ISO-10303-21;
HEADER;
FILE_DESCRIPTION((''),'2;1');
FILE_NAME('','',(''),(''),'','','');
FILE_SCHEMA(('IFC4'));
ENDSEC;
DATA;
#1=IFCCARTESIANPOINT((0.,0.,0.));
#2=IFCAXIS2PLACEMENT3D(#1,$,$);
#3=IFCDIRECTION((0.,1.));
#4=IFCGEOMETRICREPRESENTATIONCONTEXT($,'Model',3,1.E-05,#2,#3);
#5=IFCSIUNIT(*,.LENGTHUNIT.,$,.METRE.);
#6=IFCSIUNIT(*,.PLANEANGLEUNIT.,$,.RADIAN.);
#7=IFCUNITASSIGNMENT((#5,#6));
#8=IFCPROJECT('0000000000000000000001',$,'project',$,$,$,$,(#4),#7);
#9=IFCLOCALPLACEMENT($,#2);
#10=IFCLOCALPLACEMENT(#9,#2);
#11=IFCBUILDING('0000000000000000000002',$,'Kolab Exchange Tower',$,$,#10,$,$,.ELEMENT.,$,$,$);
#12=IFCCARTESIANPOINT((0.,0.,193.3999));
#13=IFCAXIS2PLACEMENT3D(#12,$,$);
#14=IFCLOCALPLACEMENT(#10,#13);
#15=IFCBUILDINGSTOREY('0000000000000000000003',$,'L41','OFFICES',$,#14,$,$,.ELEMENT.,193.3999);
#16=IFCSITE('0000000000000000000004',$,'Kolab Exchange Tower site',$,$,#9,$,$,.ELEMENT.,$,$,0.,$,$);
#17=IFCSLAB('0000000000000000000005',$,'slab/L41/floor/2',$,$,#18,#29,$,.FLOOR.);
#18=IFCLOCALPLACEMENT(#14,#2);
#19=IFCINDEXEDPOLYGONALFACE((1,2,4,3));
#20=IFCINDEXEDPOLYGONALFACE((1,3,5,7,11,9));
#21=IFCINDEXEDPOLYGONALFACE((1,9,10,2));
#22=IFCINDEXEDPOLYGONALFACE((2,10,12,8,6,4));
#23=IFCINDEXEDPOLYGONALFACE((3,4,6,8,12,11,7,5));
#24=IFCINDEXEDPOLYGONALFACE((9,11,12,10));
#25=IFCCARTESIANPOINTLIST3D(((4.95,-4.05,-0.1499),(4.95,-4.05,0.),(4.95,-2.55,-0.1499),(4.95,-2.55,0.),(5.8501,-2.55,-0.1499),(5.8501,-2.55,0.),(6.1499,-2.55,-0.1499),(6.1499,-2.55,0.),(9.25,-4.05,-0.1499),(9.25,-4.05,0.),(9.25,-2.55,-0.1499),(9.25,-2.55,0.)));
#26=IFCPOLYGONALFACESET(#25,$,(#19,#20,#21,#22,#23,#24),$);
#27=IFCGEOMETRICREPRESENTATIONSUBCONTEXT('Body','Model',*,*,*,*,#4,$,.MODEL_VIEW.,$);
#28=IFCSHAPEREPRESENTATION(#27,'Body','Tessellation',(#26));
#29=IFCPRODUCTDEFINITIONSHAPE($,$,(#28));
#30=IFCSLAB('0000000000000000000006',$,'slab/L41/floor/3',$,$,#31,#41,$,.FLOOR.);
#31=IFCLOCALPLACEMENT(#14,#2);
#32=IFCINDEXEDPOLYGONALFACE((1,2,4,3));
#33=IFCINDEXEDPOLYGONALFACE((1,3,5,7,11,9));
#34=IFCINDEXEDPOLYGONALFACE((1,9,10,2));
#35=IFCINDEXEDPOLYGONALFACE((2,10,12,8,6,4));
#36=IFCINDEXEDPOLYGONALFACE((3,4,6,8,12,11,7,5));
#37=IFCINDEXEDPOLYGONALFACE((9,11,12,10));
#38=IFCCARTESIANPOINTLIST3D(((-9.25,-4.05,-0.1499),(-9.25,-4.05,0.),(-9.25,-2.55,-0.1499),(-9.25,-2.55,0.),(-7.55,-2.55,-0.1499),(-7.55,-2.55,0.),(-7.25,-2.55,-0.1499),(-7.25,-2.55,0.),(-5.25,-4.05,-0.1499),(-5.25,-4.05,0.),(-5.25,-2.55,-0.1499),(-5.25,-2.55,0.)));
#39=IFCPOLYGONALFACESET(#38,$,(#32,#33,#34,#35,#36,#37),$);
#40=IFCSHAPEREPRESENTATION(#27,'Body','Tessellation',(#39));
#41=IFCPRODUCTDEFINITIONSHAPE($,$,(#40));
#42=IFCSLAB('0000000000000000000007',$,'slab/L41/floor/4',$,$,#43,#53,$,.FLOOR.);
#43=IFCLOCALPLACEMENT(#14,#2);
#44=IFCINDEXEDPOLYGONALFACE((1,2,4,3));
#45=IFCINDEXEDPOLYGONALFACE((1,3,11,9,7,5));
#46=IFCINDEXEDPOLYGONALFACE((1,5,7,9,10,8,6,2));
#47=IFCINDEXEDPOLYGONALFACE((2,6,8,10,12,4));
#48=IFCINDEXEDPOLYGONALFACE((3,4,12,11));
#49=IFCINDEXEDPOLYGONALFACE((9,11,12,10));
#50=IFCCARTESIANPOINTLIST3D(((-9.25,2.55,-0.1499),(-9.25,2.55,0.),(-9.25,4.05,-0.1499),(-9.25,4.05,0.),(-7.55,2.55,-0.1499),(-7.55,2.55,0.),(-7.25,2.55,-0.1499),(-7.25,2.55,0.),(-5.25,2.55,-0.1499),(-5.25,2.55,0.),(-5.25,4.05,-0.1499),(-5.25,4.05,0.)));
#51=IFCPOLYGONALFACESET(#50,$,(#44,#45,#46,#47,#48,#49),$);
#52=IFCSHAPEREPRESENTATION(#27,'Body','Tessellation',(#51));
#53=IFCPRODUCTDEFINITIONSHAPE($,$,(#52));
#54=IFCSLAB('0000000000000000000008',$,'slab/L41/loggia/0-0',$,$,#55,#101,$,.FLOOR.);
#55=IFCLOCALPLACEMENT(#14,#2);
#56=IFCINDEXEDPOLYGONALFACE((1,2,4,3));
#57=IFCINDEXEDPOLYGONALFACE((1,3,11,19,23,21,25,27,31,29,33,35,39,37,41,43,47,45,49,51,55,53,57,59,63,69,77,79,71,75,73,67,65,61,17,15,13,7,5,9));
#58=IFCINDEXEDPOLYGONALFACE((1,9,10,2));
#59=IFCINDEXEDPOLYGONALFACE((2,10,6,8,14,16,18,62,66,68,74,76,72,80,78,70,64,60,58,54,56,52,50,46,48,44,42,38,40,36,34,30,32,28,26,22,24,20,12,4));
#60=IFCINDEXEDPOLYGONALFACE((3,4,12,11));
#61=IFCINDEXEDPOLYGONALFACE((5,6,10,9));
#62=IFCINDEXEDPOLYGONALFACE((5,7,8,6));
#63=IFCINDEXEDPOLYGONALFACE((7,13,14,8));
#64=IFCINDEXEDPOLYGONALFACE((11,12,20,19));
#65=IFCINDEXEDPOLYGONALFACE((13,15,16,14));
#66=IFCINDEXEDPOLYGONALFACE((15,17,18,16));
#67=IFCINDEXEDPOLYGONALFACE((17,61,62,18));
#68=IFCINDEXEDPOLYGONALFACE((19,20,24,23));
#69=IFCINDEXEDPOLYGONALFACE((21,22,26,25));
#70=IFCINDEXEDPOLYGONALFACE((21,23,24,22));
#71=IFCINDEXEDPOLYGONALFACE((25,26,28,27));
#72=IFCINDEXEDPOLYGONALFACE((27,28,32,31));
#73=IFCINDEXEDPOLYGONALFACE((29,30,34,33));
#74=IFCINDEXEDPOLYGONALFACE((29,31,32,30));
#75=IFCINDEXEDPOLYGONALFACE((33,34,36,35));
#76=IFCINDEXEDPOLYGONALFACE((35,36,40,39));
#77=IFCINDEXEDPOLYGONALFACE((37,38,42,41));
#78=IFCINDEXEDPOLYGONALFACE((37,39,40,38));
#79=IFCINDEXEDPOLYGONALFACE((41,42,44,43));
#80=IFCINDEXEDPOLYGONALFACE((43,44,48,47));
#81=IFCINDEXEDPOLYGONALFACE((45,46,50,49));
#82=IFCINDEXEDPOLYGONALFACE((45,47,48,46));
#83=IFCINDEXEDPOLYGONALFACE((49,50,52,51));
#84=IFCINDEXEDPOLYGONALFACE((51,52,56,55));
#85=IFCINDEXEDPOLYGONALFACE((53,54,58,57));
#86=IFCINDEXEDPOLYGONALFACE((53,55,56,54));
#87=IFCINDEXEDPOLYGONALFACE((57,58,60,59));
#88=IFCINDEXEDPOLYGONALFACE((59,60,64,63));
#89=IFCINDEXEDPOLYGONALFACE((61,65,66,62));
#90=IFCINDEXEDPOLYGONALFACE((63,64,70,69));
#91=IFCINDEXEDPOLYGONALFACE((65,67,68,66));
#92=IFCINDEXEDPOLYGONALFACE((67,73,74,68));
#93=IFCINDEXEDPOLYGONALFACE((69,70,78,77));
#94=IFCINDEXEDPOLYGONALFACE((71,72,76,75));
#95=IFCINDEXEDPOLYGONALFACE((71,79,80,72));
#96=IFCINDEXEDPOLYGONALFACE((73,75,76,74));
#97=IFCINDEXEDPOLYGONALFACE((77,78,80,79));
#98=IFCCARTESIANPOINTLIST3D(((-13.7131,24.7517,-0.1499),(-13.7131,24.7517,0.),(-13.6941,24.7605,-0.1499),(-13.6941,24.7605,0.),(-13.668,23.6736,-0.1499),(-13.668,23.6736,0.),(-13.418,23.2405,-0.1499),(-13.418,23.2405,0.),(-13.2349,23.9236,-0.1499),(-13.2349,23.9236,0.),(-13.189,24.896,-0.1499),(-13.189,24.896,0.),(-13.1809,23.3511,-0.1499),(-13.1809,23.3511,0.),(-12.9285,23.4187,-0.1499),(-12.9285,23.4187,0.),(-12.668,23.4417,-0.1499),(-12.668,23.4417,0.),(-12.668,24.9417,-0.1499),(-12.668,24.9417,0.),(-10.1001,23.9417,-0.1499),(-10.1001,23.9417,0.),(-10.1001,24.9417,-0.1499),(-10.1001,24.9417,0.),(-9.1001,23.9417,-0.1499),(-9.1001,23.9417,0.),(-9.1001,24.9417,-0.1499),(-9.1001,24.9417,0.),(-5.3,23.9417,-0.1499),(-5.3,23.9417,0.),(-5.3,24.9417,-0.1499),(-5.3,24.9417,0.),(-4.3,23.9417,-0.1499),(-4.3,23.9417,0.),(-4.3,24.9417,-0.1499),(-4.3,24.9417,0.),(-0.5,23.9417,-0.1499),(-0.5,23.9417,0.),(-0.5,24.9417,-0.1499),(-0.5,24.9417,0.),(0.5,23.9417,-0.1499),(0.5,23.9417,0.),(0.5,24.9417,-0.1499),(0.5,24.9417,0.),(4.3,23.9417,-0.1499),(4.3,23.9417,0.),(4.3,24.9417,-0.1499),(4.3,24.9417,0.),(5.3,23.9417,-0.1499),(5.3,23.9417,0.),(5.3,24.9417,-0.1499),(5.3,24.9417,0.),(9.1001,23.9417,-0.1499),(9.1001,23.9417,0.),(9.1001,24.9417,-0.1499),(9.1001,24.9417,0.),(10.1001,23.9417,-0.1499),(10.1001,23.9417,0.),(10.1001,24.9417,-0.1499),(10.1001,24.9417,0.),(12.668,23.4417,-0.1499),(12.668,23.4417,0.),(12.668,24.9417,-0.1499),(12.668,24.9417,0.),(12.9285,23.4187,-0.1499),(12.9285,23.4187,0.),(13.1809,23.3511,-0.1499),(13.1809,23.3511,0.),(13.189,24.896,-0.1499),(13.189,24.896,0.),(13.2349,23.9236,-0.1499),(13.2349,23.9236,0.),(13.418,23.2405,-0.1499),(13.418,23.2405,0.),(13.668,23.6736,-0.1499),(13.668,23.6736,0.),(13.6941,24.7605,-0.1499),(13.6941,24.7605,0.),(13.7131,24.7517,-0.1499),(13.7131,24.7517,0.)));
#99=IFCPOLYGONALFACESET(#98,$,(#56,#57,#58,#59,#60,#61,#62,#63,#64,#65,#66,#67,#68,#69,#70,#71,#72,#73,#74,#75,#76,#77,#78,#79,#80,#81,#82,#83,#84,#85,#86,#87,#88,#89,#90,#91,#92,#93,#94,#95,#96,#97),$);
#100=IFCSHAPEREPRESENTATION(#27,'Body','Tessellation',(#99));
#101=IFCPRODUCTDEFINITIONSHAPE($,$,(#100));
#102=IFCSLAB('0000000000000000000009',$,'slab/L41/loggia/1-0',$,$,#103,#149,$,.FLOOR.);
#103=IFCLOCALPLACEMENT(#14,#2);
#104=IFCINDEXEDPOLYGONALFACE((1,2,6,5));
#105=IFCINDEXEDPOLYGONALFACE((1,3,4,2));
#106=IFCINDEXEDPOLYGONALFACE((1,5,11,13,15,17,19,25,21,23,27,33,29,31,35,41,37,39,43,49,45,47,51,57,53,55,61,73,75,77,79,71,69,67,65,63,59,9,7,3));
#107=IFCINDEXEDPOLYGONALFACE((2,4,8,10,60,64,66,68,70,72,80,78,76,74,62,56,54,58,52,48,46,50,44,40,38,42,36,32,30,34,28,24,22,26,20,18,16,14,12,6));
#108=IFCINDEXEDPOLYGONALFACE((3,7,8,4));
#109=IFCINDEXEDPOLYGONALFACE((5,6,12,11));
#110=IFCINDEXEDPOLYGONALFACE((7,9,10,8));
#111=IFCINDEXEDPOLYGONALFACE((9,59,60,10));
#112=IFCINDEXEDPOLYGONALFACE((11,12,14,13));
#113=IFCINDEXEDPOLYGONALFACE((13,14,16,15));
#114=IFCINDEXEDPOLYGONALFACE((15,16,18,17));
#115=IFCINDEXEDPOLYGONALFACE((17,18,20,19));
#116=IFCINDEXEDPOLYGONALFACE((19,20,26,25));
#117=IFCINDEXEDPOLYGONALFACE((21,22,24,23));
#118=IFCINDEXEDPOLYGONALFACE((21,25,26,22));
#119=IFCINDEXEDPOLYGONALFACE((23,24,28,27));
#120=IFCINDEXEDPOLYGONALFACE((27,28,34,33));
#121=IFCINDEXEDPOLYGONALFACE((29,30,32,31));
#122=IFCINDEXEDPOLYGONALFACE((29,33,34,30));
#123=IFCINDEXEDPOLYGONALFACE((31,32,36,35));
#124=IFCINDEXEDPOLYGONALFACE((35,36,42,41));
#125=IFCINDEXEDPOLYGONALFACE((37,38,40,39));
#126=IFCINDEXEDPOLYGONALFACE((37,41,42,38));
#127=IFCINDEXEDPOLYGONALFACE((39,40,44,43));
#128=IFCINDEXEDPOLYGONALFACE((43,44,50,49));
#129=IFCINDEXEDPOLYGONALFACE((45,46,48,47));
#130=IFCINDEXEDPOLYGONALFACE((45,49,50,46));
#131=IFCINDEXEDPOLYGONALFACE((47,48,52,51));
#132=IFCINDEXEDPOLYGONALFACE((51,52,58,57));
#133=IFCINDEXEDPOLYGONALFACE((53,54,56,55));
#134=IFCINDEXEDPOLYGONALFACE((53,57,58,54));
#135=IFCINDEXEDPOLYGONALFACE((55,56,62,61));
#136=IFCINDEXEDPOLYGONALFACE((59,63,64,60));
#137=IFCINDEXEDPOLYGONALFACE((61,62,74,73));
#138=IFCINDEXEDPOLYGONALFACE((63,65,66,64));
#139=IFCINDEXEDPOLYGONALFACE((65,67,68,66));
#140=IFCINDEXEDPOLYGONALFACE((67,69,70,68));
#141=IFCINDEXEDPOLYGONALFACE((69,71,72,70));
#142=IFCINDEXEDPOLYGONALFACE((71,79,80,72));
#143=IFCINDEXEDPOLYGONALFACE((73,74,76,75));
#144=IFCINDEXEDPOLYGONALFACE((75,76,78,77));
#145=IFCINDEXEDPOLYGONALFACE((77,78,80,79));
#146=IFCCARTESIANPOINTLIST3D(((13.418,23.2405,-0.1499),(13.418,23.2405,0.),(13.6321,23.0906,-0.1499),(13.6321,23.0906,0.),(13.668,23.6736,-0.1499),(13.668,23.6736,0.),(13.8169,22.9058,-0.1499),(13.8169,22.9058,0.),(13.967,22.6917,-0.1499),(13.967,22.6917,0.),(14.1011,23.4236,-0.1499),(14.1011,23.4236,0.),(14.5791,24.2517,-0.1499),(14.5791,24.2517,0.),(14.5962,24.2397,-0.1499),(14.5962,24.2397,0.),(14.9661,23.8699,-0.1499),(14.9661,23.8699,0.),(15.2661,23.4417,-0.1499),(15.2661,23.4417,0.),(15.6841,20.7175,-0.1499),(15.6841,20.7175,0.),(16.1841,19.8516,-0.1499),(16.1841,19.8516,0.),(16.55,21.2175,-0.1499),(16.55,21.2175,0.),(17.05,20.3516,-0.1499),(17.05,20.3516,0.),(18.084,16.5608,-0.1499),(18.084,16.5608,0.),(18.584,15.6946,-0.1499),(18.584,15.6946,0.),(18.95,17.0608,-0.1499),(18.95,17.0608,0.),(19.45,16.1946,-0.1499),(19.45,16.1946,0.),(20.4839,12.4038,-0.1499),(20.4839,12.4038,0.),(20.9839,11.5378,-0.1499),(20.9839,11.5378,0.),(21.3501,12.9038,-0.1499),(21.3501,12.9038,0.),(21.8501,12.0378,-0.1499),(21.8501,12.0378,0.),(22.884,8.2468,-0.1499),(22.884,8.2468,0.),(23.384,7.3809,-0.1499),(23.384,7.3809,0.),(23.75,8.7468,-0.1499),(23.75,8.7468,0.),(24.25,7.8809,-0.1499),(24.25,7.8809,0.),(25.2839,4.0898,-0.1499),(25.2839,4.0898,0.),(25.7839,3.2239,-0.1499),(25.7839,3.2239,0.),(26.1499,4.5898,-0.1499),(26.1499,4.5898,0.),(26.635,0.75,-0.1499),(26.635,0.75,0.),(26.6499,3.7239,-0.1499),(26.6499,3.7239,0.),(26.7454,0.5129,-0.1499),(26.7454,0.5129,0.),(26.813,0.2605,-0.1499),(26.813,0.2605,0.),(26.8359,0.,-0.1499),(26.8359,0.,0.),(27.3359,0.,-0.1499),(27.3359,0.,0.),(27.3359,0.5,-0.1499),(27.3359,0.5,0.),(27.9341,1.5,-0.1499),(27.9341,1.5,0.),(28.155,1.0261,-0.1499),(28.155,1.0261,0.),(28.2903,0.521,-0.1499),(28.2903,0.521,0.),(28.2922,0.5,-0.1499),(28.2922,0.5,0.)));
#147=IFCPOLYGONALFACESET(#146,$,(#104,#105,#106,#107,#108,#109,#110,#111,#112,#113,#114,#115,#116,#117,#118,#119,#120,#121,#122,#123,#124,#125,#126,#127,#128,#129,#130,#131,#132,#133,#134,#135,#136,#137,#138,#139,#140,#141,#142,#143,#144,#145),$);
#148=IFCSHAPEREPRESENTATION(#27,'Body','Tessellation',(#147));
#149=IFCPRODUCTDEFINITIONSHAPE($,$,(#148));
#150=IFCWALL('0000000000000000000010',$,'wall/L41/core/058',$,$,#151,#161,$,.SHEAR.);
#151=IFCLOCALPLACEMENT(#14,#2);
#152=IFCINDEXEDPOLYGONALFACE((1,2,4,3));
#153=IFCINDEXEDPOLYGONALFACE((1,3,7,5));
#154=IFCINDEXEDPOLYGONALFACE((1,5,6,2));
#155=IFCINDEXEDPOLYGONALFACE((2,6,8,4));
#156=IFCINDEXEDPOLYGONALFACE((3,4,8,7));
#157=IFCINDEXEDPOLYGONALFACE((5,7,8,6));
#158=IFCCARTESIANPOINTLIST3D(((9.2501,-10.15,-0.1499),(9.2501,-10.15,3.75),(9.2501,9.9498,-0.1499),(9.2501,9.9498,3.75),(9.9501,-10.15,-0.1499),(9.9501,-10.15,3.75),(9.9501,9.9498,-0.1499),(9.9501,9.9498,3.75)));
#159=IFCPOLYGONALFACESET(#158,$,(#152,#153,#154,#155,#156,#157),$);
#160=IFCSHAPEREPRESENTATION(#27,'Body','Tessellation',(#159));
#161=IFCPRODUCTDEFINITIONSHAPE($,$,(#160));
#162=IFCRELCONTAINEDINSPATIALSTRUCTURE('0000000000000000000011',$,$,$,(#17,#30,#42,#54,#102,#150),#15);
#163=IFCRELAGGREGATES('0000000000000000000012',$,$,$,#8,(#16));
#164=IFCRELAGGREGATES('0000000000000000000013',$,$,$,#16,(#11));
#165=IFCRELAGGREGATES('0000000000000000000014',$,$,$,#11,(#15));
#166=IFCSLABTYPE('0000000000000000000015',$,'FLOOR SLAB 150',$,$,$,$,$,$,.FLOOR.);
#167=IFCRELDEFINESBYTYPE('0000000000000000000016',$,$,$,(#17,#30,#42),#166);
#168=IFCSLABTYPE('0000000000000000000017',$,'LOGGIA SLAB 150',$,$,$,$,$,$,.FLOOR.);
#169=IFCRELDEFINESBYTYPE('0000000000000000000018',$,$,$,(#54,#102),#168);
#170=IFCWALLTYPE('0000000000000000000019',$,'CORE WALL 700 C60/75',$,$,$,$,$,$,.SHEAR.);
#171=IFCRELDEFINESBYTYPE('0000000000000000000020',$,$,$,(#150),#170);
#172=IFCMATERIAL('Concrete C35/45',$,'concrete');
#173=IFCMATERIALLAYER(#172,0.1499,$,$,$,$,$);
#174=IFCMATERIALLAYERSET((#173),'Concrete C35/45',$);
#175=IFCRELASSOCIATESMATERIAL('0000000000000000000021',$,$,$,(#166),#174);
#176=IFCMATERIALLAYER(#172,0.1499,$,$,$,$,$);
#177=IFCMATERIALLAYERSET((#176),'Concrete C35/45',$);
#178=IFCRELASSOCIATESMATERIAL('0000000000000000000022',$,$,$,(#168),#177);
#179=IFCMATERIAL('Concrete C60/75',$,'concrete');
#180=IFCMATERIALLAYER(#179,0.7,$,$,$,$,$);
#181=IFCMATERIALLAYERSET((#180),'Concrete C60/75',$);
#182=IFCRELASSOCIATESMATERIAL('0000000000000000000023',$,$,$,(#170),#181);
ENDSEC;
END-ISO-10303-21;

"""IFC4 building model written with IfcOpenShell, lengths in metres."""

from ifc_helpers import new_model, si_unit, direction, frame, frame_2d, origin, place, context, subcontext, project, spatial, polyline, rectangle, outline, extrude, material, layer, layer_set, type_object, element, save


model = new_model("IFC4")

# Units and contexts
model_context = context("Model", 3, precision=1e-05, world=origin(), true_north=direction((0.0, 1.0)))
body_context = subcontext(model_context, "Body", "Model", "MODEL_VIEW")
ifc_project = project(units=[si_unit("LENGTHUNIT", "METRE"), si_unit("PLANEANGLEUNIT", "RADIAN")], contexts=[model_context])

# Site, building, storey
site_placement = place(None, origin())
site = spatial("IfcSite", under=ifc_project, at=site_placement, Name="Kolab Exchange Tower site", CompositionType="ELEMENT", RefElevation=0.0)
building_placement = place(site_placement, origin())
building = spatial("IfcBuilding", under=site, at=building_placement, Name="Kolab Exchange Tower", CompositionType="ELEMENT")
storey_placement = place(building_placement, frame((0.0, 0.0, 193.3999)))
storey = spatial("IfcBuildingStorey", under=building, at=storey_placement, Name="L41", Description="OFFICES", CompositionType="ELEMENT", Elevation=193.3999)

# Slabs
ifc_material_1 = material(Name="Concrete C35/45", Category="concrete")
ifc_layer_1 = layer(ifc_material_1, 0.1499)
ifc_layer_set_1 = layer_set([ifc_layer_1], Name="Concrete C35/45")
slab_type_1 = type_object("IfcSlabType", Name="FLOOR SLAB 150", PredefinedType="FLOOR", material=ifc_layer_set_1)
slab_1_placement = place(storey_placement, frame((0.0, 0.0, -0.1499)))
element("IfcSlab", 1, at=slab_1_placement, inside=storey, type_object=slab_type_1, Name="slab/L41/floor/2", PredefinedType="FLOOR", context=body_context, shape_type="SweptSolid", body=[
    extrude(outline(polyline([(4.95, -4.05), (9.25, -4.05), (9.25, -2.55), (6.1499, -2.55), (5.8501, -2.55), (4.95, -2.55), (4.95, -4.05)])), origin(), (0.0, 0.0, 1.0), 0.1499),
])
slab_2_placement = place(storey_placement, frame((0.0, 0.0, -0.1499)))
element("IfcSlab", 2, at=slab_2_placement, inside=storey, type_object=slab_type_1, Name="slab/L41/floor/3", PredefinedType="FLOOR", context=body_context, shape_type="SweptSolid", body=[
    extrude(outline(polyline([(-7.55, -2.55), (-9.25, -2.55), (-9.25, -4.05), (-5.25, -4.05), (-5.25, -2.55), (-7.25, -2.55), (-7.55, -2.55)])), origin(), (0.0, 0.0, 1.0), 0.1499),
])
slab_3_placement = place(storey_placement, frame((0.0, 0.0, -0.1499)))
element("IfcSlab", 3, at=slab_3_placement, inside=storey, type_object=slab_type_1, Name="slab/L41/floor/4", PredefinedType="FLOOR", context=body_context, shape_type="SweptSolid", body=[
    extrude(outline(polyline([(-9.25, 2.55), (-7.55, 2.55), (-7.25, 2.55), (-5.25, 2.55), (-5.25, 4.05), (-9.25, 4.05), (-9.25, 2.55)])), origin(), (0.0, 0.0, 1.0), 0.1499),
])
ifc_layer_2 = layer(ifc_material_1, 0.1499)
ifc_layer_set_2 = layer_set([ifc_layer_2], Name="Concrete C35/45")
slab_type_2 = type_object("IfcSlabType", Name="LOGGIA SLAB 150", PredefinedType="FLOOR", material=ifc_layer_set_2)
slab_4_placement = place(storey_placement, frame((0.0, 0.0, -0.1499)))
element("IfcSlab", 4, at=slab_4_placement, inside=storey, type_object=slab_type_2, Name="slab/L41/loggia/0-0", PredefinedType="FLOOR", context=body_context, shape_type="SweptSolid", body=[
    extrude(outline(polyline([(13.418, 23.2405), (13.668, 23.6736), (13.2349, 23.9236), (13.7131, 24.7517), (13.6941, 24.7605), (13.189, 24.896), (12.668, 24.9417), (10.1001, 24.9417), (10.1001, 23.9417), (9.1001, 23.9417), (9.1001, 24.9417), (5.3, 24.9417), (5.3, 23.9417), (4.3, 23.9417), (4.3, 24.9417), (0.5, 24.9417), (0.5, 23.9417), (-0.5, 23.9417), (-0.5, 24.9417), (-4.3, 24.9417), (-4.3, 23.9417), (-5.3, 23.9417), (-5.3, 24.9417), (-9.1001, 24.9417), (-9.1001, 23.9417), (-10.1001, 23.9417), (-10.1001, 24.9417), (-12.668, 24.9417), (-13.189, 24.896), (-13.6941, 24.7605), (-13.7131, 24.7517), (-13.2349, 23.9236), (-13.668, 23.6736), (-13.418, 23.2405), (-13.1809, 23.3511), (-12.9285, 23.4187), (-12.668, 23.4417), (12.668, 23.4417), (12.9285, 23.4187), (13.1809, 23.3511), (13.418, 23.2405)])), origin(), (0.0, 0.0, 1.0), 0.1499),
])
slab_5_placement = place(storey_placement, frame((0.0, 0.0, -0.1499)))
element("IfcSlab", 5, at=slab_5_placement, inside=storey, type_object=slab_type_2, Name="slab/L41/loggia/1-0", PredefinedType="FLOOR", context=body_context, shape_type="SweptSolid", body=[
    extrude(outline(polyline([(26.8359, 0.0), (27.3359, 0.0), (27.3359, 0.5), (28.2922, 0.5), (28.2903, 0.521), (28.155, 1.0261), (27.9341, 1.5), (26.6499, 3.7239), (25.7839, 3.2239), (25.2839, 4.0898), (26.1499, 4.5898), (24.25, 7.8809), (23.384, 7.3809), (22.884, 8.2468), (23.75, 8.7468), (21.8501, 12.0378), (20.9839, 11.5378), (20.4839, 12.4038), (21.3501, 12.9038), (19.45, 16.1946), (18.584, 15.6946), (18.084, 16.5608), (18.95, 17.0608), (17.05, 20.3516), (16.1841, 19.8516), (15.6841, 20.7175), (16.55, 21.2175), (15.2661, 23.4417), (14.9661, 23.8699), (14.5962, 24.2397), (14.5791, 24.2517), (14.1011, 23.4236), (13.668, 23.6736), (13.418, 23.2405), (13.6321, 23.0906), (13.8169, 22.9058), (13.967, 22.6917), (26.635, 0.75), (26.7454, 0.5129), (26.813, 0.2605), (26.8359, 0.0)])), origin(), (0.0, 0.0, 1.0), 0.1499),
])

# Wall
ifc_material_2 = material(Name="Concrete C60/75", Category="concrete")
ifc_layer_3 = layer(ifc_material_2, 0.7)
ifc_layer_set_3 = layer_set([ifc_layer_3], Name="Concrete C60/75")
wall_type_1 = type_object("IfcWallType", Name="CORE WALL 700 C60/75", PredefinedType="SHEAR", material=ifc_layer_set_3)
wall_1_placement = place(storey_placement, frame((9.6001, -10.1499, -0.1499), z_axis=(0.0, 0.0, 1.0), x_axis=(0.0, 1.0, 0.0)))
element("IfcWall", 6, at=wall_1_placement, inside=storey, type_object=wall_type_1, Name="wall/L41/core/058", PredefinedType="SHEAR", context=body_context, shape_type="SweptSolid", body=[
    extrude(rectangle(XDim=20.0999, YDim=0.7, at=frame_2d((10.0498, 0.0))), origin(), (0.0, 0.0, 1.0), 3.8999),
])

save(model, "model.ifc")
